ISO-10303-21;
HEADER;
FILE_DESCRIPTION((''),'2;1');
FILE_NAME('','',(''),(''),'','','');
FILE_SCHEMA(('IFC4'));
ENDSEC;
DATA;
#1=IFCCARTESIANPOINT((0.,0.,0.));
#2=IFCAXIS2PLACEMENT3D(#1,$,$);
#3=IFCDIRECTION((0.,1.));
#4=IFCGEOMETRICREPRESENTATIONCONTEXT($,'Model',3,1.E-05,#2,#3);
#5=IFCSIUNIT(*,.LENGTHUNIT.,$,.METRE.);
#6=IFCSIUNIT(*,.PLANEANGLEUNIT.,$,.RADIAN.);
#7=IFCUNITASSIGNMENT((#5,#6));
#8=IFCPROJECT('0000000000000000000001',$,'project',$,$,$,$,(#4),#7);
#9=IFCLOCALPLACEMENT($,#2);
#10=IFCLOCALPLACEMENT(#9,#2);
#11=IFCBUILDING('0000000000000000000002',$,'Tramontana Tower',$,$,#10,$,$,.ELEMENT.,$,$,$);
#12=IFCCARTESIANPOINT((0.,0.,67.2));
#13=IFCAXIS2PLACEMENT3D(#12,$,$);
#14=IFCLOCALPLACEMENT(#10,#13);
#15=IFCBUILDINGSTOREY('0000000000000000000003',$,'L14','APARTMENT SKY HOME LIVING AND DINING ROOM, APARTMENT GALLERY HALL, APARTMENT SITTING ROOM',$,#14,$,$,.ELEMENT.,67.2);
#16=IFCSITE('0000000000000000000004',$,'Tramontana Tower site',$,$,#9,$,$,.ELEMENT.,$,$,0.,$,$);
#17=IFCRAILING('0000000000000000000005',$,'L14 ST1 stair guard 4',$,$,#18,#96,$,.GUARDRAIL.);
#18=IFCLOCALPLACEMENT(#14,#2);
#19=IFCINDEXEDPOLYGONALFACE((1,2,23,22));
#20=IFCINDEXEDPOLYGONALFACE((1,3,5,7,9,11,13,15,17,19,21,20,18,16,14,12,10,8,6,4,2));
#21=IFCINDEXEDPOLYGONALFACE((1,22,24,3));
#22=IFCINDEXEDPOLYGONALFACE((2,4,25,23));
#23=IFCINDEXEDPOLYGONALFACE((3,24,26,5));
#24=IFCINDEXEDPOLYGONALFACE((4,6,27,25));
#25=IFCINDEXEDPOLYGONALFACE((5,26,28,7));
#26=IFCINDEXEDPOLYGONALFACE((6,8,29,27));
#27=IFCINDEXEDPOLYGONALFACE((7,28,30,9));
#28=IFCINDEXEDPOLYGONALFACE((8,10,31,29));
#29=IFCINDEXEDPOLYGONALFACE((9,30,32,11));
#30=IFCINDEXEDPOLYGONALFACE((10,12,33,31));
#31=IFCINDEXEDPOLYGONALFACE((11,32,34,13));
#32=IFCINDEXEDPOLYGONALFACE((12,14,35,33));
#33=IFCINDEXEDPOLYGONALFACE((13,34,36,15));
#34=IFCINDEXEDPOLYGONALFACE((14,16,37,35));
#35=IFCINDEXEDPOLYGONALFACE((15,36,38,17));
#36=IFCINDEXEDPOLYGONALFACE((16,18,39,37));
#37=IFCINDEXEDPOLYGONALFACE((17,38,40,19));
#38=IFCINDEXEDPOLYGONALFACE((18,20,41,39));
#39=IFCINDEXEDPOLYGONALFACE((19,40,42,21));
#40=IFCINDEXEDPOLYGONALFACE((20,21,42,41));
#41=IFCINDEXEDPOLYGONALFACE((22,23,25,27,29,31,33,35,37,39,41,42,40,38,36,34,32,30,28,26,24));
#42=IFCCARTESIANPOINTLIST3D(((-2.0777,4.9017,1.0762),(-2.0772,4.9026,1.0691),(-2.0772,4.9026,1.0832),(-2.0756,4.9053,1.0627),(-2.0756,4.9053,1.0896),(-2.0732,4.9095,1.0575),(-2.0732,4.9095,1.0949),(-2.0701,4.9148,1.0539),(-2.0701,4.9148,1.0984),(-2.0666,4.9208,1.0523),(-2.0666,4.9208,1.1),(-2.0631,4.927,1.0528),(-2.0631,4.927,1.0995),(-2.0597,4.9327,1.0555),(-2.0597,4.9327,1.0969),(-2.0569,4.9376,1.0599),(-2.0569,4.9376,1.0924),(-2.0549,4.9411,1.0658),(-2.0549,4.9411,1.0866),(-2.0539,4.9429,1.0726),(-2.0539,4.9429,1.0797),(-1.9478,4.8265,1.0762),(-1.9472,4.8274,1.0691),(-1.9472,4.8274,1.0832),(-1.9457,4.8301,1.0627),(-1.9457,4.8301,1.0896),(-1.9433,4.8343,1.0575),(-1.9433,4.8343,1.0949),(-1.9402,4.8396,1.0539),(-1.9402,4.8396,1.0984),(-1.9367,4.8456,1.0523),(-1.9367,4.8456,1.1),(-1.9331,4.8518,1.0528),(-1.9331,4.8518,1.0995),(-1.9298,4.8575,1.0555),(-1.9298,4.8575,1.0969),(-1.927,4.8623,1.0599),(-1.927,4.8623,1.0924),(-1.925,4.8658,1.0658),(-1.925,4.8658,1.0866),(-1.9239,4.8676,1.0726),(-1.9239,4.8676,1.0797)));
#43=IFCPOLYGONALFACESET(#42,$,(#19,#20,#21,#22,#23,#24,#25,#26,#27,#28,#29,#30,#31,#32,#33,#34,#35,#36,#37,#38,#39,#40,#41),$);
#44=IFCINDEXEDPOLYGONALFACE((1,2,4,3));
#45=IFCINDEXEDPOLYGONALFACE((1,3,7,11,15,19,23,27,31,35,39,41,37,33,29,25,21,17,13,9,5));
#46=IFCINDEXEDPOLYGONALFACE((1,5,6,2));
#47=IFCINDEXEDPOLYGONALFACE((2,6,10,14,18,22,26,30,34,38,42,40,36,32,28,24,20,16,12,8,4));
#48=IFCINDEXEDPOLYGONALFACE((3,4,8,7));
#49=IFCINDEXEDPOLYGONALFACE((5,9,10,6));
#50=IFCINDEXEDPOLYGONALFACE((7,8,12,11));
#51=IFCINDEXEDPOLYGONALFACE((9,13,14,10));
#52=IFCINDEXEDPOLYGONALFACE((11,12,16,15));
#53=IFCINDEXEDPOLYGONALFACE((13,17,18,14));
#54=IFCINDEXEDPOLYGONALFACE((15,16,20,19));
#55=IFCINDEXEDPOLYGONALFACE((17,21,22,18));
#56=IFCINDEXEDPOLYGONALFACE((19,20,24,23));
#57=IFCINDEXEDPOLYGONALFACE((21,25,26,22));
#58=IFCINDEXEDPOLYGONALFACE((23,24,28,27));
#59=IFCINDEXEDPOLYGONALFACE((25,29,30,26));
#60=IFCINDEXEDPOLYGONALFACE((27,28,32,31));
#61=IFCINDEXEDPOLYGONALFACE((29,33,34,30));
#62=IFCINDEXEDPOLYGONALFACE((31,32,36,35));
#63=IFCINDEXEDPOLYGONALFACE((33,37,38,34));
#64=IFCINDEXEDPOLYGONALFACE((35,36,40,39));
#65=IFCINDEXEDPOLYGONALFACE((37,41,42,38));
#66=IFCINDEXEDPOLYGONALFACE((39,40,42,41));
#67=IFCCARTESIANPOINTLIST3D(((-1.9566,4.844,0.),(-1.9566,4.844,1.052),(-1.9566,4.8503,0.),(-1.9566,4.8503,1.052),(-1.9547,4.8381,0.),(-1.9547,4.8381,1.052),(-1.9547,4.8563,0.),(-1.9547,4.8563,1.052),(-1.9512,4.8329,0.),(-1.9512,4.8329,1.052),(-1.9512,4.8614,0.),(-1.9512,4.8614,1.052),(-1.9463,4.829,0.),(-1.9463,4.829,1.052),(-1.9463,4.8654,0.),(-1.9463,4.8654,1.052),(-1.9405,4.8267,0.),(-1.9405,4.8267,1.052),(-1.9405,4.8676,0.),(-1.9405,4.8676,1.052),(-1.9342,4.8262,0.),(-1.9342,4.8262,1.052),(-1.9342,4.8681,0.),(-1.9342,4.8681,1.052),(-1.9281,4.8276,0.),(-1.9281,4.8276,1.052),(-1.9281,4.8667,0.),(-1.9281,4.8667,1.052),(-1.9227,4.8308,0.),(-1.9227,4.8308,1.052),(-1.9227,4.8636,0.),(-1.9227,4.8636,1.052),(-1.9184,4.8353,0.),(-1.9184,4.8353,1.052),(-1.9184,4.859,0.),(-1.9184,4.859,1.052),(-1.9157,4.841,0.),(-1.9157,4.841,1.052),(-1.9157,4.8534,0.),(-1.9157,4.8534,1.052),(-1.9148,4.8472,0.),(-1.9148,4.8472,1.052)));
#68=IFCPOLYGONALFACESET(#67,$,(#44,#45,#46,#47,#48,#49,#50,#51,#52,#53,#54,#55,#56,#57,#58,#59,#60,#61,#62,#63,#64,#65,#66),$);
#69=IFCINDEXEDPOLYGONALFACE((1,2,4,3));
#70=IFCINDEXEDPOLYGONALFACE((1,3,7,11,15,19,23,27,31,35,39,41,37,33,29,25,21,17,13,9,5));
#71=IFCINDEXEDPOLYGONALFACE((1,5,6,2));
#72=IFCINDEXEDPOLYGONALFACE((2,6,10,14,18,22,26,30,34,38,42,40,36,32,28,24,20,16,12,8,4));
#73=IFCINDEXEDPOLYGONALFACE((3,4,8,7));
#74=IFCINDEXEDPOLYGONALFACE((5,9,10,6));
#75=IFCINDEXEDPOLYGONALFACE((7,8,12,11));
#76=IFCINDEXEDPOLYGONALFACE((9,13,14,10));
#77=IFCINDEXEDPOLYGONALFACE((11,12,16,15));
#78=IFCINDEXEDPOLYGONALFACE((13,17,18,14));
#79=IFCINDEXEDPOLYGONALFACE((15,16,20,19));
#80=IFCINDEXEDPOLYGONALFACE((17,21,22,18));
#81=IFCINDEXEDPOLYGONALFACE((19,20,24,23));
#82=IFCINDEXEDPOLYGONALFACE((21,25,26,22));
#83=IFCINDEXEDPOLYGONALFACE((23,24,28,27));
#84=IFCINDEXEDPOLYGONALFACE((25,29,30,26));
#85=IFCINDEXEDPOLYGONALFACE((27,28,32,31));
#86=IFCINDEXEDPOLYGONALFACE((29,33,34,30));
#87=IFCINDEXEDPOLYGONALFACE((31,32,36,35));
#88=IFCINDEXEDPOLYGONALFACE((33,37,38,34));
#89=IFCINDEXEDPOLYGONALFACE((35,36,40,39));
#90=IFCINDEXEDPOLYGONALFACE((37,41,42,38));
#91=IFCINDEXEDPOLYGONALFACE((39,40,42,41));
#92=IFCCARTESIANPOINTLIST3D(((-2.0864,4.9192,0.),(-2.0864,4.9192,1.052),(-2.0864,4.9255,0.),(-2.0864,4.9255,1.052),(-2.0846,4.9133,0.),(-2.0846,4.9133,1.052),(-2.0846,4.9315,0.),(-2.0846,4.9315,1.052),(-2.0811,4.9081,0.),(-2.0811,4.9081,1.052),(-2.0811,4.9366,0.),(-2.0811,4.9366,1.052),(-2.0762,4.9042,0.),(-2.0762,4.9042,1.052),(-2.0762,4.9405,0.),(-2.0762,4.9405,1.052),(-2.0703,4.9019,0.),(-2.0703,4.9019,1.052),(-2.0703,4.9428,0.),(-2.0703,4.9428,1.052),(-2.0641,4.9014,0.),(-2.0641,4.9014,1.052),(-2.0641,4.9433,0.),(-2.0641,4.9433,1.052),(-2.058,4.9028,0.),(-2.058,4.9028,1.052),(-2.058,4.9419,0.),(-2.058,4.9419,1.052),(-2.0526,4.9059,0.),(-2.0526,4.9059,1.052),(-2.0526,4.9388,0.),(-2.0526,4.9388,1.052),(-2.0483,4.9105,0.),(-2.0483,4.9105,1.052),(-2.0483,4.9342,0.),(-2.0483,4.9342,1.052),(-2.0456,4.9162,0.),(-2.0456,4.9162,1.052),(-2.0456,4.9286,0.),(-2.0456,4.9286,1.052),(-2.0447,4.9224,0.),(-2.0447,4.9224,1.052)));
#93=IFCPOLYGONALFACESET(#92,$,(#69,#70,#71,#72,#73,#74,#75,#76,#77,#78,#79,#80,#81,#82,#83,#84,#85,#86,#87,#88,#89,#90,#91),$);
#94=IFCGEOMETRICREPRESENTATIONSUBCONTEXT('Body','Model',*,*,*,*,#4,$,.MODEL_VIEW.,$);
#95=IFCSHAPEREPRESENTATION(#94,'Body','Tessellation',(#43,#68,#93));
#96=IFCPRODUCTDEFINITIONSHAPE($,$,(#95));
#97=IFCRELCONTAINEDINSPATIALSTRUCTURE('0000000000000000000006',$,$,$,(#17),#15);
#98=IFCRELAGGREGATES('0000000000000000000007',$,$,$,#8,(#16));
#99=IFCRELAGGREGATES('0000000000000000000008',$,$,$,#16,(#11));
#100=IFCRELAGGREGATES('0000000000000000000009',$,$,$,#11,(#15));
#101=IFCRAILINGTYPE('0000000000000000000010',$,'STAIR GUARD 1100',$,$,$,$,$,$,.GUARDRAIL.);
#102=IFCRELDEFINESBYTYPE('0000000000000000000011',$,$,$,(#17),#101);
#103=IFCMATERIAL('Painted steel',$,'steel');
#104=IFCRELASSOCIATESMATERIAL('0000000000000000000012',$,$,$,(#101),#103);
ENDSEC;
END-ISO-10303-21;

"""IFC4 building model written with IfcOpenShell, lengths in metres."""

from ifc_helpers import new_model, si_unit, direction, frame, origin, origin_2d, place, context, subcontext, project, spatial, circle, extrude, material, type_object, element, save


model = new_model("IFC4")

# Units and contexts
model_context = context("Model", 3, precision=1e-05, world=origin(), true_north=direction((0.0, 1.0)))
body_context = subcontext(model_context, "Body", "Model", "MODEL_VIEW")
ifc_project = project(units=[si_unit("LENGTHUNIT", "METRE"), si_unit("PLANEANGLEUNIT", "RADIAN")], contexts=[model_context])

# Site, building, storey
site_placement = place(None, origin())
site = spatial("IfcSite", under=ifc_project, at=site_placement, Name="Tramontana Tower site", CompositionType="ELEMENT", RefElevation=0.0)
building_placement = place(site_placement, origin())
building = spatial("IfcBuilding", under=site, at=building_placement, Name="Tramontana Tower", CompositionType="ELEMENT")
storey_placement = place(building_placement, frame((0.0, 0.0, 67.2)))
storey = spatial("IfcBuildingStorey", under=building, at=storey_placement, Name="L14", Description="APARTMENT SKY HOME LIVING AND DINING ROOM, APARTMENT GALLERY HALL, APARTMENT SITTING ROOM", CompositionType="ELEMENT", Elevation=67.2)

# Railing
ifc_material_1 = material(Name="Painted steel", Category="steel")
railing_type_1 = type_object("IfcRailingType", Name="STAIR GUARD 1100", PredefinedType="GUARDRAIL", material=ifc_material_1)
railing_1_placement = place(storey_placement, frame((-1.9358, 4.8472, 0.0)))
element("IfcRailing", 1, at=railing_1_placement, inside=storey, type_object=railing_type_1, Name="L14 ST1 stair guard 4", PredefinedType="GUARDRAIL", context=body_context, shape_type="SweptSolid", body=[
    extrude(circle(Radius=0.0239, at=origin_2d()), frame((0.0, 0.0, 1.0762), z_axis=(-0.865426, 0.501036, 0.0), x_axis=(-0.501036, -0.865426, 0.0)), (0.0, 0.0, 1.0), 0.1501),
    extrude(circle(Radius=0.021, at=origin_2d()), origin(), (0.0, 0.0, 1.0), 1.052),
    extrude(circle(Radius=0.021, at=origin_2d()), frame((-0.1299, 0.0752, 0.0)), (0.0, 0.0, 1.0), 1.052),
])

save(model, "model.ifc")
